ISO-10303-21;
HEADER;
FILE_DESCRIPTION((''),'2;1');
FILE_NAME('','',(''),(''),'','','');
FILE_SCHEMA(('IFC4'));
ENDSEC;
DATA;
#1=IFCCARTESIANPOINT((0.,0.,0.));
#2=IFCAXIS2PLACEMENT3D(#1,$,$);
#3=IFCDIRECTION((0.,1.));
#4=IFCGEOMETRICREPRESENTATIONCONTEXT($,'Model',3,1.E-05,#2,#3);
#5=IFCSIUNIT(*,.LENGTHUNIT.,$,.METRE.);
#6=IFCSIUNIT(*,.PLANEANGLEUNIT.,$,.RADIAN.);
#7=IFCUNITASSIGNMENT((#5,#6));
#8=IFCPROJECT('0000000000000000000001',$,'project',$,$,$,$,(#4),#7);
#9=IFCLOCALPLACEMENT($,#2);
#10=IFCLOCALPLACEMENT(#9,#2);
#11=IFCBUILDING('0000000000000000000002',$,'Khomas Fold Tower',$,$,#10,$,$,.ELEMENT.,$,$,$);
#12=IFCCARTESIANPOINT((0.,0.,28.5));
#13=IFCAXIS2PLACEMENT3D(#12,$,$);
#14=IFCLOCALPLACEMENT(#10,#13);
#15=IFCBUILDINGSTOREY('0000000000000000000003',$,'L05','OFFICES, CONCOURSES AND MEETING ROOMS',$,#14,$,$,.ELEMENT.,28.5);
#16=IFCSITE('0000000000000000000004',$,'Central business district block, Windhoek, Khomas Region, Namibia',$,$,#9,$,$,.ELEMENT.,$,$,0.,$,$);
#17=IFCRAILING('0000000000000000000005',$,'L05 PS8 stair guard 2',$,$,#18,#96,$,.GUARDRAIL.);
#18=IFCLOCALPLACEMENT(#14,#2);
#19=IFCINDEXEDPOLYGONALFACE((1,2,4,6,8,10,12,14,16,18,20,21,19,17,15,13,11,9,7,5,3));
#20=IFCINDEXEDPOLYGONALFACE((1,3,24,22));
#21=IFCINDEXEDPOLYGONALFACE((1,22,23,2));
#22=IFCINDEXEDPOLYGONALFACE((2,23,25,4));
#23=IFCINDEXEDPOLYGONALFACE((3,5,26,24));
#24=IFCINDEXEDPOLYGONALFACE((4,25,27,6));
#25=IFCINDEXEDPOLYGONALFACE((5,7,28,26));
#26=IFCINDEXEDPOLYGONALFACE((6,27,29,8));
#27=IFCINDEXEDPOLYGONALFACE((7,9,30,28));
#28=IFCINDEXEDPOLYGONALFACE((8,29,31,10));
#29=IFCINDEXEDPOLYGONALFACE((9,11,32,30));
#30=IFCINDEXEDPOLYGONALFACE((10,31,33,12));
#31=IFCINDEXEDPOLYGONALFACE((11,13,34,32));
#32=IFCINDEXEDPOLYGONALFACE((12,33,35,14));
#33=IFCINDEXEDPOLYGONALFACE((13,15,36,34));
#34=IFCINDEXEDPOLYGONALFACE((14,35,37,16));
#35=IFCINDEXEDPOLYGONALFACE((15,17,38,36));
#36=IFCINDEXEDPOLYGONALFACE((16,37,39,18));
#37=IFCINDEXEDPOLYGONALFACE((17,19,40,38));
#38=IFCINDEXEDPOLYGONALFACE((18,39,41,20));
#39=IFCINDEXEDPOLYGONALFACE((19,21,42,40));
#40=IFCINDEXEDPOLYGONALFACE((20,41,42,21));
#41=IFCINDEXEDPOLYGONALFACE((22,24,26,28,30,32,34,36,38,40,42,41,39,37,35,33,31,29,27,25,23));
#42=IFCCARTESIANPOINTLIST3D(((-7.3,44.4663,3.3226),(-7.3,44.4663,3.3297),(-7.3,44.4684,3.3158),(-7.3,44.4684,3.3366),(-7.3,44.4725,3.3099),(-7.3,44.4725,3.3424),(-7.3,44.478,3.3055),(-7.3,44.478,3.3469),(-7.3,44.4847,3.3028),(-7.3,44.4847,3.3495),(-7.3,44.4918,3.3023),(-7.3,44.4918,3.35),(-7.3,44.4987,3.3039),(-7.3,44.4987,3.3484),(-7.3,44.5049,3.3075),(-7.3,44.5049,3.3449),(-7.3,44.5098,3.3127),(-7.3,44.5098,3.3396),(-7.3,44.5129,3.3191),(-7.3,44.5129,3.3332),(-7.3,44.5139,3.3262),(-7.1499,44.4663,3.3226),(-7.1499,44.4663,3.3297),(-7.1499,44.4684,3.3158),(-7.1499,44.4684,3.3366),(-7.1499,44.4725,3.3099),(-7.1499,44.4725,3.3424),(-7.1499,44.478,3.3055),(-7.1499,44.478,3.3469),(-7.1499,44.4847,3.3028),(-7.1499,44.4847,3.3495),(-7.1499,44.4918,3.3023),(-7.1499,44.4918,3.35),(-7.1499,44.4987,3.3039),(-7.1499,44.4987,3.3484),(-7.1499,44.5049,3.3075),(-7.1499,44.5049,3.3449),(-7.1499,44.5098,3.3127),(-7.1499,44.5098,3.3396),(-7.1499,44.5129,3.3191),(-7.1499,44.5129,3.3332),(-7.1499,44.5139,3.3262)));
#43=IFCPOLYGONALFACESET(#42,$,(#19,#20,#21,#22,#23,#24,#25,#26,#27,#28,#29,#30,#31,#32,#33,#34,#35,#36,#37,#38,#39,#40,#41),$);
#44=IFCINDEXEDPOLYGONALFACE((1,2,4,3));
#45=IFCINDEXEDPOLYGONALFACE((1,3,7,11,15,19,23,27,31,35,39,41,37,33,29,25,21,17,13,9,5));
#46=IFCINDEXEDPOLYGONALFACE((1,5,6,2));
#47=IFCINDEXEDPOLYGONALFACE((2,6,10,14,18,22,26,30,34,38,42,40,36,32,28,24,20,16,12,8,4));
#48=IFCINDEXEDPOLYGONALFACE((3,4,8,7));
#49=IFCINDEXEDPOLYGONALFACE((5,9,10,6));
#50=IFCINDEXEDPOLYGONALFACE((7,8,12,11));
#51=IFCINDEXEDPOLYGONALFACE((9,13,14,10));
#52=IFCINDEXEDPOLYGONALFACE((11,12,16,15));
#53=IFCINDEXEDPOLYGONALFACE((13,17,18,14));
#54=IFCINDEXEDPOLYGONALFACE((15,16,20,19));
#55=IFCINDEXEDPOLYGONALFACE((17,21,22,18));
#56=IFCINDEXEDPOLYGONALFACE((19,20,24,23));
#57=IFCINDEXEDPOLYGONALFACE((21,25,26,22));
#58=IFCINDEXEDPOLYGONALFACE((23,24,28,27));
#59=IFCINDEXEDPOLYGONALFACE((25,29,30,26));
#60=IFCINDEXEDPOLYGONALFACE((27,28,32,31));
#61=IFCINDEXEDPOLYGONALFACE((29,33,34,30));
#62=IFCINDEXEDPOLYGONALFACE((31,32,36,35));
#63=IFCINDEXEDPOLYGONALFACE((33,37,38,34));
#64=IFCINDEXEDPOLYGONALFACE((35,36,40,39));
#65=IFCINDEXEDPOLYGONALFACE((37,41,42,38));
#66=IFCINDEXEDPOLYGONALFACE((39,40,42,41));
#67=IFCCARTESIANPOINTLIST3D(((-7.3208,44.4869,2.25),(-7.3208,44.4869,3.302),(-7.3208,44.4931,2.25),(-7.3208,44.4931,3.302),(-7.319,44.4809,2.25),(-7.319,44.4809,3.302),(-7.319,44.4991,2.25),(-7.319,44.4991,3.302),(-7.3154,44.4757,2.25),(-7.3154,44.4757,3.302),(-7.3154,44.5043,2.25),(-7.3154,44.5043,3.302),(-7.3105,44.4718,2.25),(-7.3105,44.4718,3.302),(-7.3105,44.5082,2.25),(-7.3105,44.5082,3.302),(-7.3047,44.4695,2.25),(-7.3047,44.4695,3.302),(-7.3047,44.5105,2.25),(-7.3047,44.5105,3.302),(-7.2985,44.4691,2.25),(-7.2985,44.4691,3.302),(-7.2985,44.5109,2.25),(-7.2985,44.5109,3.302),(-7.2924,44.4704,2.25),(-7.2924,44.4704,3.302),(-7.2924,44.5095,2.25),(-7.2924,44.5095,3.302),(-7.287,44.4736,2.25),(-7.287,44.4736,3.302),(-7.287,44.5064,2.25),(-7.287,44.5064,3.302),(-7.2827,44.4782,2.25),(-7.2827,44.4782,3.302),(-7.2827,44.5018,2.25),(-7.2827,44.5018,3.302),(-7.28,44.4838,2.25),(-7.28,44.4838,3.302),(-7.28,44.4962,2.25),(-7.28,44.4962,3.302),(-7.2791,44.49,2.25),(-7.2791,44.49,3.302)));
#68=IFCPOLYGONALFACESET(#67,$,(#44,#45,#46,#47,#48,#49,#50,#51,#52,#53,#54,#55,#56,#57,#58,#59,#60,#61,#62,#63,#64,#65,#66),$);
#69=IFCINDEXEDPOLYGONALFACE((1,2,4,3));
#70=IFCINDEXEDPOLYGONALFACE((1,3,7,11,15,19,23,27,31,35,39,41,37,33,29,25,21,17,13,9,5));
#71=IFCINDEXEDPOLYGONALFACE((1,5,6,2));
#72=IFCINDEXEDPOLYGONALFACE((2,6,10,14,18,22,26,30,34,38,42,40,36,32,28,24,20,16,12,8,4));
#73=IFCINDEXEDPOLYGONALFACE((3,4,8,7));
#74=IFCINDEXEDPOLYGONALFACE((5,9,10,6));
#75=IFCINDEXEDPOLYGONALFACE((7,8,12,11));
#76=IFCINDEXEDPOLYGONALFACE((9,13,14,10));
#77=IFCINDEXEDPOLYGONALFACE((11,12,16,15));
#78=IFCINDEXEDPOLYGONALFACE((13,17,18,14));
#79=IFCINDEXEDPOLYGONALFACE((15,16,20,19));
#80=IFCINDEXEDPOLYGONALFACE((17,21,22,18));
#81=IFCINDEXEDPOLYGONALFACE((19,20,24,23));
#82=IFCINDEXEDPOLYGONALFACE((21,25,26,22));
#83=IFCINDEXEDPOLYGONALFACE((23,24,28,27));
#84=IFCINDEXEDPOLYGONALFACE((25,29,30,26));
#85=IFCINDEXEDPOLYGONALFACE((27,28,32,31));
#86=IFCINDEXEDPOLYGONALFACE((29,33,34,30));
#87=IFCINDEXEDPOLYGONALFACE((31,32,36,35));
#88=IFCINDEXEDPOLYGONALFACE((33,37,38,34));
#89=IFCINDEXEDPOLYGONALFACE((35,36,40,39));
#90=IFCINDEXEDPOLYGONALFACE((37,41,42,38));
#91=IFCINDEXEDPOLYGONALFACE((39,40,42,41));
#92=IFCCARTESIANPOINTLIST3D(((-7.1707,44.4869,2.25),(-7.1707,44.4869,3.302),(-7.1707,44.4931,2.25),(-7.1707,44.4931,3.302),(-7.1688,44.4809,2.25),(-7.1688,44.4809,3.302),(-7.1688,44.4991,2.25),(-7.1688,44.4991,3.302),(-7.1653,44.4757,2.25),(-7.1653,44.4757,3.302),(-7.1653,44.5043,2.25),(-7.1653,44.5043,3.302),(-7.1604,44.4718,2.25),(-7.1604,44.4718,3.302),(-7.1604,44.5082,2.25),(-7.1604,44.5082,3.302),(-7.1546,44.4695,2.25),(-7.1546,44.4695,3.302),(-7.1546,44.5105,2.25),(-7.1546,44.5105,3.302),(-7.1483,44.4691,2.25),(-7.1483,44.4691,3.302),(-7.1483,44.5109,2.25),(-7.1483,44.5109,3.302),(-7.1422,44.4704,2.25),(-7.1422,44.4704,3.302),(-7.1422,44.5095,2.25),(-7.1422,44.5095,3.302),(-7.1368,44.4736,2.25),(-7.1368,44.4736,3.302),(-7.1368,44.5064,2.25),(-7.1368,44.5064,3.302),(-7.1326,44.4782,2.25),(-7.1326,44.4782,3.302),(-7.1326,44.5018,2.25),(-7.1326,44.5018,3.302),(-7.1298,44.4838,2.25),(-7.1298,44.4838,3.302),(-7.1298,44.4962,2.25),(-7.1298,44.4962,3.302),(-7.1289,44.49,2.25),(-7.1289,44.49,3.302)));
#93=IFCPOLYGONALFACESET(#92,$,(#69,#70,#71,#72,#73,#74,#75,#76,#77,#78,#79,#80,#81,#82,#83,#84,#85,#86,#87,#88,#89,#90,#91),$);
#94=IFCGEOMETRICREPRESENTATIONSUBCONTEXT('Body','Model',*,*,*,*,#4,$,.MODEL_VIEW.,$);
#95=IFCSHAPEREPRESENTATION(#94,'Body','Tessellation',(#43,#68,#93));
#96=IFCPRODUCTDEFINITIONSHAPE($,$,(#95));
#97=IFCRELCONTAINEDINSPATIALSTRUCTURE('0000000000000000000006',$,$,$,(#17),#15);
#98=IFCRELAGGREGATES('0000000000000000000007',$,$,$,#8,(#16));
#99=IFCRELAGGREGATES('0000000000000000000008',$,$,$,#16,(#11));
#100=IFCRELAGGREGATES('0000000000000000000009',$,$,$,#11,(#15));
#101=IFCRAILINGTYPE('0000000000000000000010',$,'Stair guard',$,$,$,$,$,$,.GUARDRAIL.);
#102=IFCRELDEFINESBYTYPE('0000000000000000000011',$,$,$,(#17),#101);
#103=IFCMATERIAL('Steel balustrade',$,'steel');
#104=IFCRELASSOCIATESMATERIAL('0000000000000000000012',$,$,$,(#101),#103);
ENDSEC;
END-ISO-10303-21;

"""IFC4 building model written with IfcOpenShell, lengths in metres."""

from ifc_helpers import new_model, si_unit, direction, frame, origin, origin_2d, place, context, subcontext, project, spatial, circle, extrude, source, transform, mapped, material, type_object, element, save


model = new_model("IFC4")

# Units and contexts
model_context = context("Model", 3, precision=1e-05, world=origin(), true_north=direction((0.0, 1.0)))
body_context = subcontext(model_context, "Body", "Model", "MODEL_VIEW")
ifc_project = project(units=[si_unit("LENGTHUNIT", "METRE"), si_unit("PLANEANGLEUNIT", "RADIAN")], contexts=[model_context])

# Site, building, storey
site_placement = place(None, origin())
site = spatial("IfcSite", under=ifc_project, at=site_placement, Name="Central business district block, Windhoek, Khomas Region, Namibia", CompositionType="ELEMENT", RefElevation=0.0)
building_placement = place(site_placement, origin())
building = spatial("IfcBuilding", under=site, at=building_placement, Name="Khomas Fold Tower", CompositionType="ELEMENT")
storey_placement = place(building_placement, frame((0.0, 0.0, 28.5)))
storey = spatial("IfcBuildingStorey", under=building, at=storey_placement, Name="L05", Description="OFFICES, CONCOURSES AND MEETING ROOMS", CompositionType="ELEMENT", Elevation=28.5)

# Railing
ifc_material_1 = material(Name="Steel balustrade", Category="steel")
railing_type_1 = type_object("IfcRailingType", Name="Stair guard", PredefinedType="GUARDRAIL", material=ifc_material_1)
shared_shape_1 = source(origin(), body_context, "Body", "SweptSolid", [
    extrude(circle(Radius=0.0239, at=origin_2d()), frame((0.0, 0.0, 1.0762), z_axis=(1.0, 0.0, 0.0), x_axis=(0.0, 1.0, 0.0)), (0.0, 0.0, 1.0), 0.1501),
    extrude(circle(Radius=0.021, at=origin_2d()), origin(), (0.0, 0.0, 1.0), 1.052),
    extrude(circle(Radius=0.021, at=origin_2d()), frame((0.1501, 0.0, 0.0)), (0.0, 0.0, 1.0), 1.052),
])
railing_1_placement = place(storey_placement, frame((-7.3, 44.49, 2.25)))
element("IfcRailing", 1, at=railing_1_placement, inside=storey, type_object=railing_type_1, Name="L05 PS8 stair guard 2", PredefinedType="GUARDRAIL", context=body_context, shape_type="MappedRepresentation", body=[
    mapped(shared_shape_1, transform((0.0, 0.0, 0.0))),
])

save(model, "model.ifc")
